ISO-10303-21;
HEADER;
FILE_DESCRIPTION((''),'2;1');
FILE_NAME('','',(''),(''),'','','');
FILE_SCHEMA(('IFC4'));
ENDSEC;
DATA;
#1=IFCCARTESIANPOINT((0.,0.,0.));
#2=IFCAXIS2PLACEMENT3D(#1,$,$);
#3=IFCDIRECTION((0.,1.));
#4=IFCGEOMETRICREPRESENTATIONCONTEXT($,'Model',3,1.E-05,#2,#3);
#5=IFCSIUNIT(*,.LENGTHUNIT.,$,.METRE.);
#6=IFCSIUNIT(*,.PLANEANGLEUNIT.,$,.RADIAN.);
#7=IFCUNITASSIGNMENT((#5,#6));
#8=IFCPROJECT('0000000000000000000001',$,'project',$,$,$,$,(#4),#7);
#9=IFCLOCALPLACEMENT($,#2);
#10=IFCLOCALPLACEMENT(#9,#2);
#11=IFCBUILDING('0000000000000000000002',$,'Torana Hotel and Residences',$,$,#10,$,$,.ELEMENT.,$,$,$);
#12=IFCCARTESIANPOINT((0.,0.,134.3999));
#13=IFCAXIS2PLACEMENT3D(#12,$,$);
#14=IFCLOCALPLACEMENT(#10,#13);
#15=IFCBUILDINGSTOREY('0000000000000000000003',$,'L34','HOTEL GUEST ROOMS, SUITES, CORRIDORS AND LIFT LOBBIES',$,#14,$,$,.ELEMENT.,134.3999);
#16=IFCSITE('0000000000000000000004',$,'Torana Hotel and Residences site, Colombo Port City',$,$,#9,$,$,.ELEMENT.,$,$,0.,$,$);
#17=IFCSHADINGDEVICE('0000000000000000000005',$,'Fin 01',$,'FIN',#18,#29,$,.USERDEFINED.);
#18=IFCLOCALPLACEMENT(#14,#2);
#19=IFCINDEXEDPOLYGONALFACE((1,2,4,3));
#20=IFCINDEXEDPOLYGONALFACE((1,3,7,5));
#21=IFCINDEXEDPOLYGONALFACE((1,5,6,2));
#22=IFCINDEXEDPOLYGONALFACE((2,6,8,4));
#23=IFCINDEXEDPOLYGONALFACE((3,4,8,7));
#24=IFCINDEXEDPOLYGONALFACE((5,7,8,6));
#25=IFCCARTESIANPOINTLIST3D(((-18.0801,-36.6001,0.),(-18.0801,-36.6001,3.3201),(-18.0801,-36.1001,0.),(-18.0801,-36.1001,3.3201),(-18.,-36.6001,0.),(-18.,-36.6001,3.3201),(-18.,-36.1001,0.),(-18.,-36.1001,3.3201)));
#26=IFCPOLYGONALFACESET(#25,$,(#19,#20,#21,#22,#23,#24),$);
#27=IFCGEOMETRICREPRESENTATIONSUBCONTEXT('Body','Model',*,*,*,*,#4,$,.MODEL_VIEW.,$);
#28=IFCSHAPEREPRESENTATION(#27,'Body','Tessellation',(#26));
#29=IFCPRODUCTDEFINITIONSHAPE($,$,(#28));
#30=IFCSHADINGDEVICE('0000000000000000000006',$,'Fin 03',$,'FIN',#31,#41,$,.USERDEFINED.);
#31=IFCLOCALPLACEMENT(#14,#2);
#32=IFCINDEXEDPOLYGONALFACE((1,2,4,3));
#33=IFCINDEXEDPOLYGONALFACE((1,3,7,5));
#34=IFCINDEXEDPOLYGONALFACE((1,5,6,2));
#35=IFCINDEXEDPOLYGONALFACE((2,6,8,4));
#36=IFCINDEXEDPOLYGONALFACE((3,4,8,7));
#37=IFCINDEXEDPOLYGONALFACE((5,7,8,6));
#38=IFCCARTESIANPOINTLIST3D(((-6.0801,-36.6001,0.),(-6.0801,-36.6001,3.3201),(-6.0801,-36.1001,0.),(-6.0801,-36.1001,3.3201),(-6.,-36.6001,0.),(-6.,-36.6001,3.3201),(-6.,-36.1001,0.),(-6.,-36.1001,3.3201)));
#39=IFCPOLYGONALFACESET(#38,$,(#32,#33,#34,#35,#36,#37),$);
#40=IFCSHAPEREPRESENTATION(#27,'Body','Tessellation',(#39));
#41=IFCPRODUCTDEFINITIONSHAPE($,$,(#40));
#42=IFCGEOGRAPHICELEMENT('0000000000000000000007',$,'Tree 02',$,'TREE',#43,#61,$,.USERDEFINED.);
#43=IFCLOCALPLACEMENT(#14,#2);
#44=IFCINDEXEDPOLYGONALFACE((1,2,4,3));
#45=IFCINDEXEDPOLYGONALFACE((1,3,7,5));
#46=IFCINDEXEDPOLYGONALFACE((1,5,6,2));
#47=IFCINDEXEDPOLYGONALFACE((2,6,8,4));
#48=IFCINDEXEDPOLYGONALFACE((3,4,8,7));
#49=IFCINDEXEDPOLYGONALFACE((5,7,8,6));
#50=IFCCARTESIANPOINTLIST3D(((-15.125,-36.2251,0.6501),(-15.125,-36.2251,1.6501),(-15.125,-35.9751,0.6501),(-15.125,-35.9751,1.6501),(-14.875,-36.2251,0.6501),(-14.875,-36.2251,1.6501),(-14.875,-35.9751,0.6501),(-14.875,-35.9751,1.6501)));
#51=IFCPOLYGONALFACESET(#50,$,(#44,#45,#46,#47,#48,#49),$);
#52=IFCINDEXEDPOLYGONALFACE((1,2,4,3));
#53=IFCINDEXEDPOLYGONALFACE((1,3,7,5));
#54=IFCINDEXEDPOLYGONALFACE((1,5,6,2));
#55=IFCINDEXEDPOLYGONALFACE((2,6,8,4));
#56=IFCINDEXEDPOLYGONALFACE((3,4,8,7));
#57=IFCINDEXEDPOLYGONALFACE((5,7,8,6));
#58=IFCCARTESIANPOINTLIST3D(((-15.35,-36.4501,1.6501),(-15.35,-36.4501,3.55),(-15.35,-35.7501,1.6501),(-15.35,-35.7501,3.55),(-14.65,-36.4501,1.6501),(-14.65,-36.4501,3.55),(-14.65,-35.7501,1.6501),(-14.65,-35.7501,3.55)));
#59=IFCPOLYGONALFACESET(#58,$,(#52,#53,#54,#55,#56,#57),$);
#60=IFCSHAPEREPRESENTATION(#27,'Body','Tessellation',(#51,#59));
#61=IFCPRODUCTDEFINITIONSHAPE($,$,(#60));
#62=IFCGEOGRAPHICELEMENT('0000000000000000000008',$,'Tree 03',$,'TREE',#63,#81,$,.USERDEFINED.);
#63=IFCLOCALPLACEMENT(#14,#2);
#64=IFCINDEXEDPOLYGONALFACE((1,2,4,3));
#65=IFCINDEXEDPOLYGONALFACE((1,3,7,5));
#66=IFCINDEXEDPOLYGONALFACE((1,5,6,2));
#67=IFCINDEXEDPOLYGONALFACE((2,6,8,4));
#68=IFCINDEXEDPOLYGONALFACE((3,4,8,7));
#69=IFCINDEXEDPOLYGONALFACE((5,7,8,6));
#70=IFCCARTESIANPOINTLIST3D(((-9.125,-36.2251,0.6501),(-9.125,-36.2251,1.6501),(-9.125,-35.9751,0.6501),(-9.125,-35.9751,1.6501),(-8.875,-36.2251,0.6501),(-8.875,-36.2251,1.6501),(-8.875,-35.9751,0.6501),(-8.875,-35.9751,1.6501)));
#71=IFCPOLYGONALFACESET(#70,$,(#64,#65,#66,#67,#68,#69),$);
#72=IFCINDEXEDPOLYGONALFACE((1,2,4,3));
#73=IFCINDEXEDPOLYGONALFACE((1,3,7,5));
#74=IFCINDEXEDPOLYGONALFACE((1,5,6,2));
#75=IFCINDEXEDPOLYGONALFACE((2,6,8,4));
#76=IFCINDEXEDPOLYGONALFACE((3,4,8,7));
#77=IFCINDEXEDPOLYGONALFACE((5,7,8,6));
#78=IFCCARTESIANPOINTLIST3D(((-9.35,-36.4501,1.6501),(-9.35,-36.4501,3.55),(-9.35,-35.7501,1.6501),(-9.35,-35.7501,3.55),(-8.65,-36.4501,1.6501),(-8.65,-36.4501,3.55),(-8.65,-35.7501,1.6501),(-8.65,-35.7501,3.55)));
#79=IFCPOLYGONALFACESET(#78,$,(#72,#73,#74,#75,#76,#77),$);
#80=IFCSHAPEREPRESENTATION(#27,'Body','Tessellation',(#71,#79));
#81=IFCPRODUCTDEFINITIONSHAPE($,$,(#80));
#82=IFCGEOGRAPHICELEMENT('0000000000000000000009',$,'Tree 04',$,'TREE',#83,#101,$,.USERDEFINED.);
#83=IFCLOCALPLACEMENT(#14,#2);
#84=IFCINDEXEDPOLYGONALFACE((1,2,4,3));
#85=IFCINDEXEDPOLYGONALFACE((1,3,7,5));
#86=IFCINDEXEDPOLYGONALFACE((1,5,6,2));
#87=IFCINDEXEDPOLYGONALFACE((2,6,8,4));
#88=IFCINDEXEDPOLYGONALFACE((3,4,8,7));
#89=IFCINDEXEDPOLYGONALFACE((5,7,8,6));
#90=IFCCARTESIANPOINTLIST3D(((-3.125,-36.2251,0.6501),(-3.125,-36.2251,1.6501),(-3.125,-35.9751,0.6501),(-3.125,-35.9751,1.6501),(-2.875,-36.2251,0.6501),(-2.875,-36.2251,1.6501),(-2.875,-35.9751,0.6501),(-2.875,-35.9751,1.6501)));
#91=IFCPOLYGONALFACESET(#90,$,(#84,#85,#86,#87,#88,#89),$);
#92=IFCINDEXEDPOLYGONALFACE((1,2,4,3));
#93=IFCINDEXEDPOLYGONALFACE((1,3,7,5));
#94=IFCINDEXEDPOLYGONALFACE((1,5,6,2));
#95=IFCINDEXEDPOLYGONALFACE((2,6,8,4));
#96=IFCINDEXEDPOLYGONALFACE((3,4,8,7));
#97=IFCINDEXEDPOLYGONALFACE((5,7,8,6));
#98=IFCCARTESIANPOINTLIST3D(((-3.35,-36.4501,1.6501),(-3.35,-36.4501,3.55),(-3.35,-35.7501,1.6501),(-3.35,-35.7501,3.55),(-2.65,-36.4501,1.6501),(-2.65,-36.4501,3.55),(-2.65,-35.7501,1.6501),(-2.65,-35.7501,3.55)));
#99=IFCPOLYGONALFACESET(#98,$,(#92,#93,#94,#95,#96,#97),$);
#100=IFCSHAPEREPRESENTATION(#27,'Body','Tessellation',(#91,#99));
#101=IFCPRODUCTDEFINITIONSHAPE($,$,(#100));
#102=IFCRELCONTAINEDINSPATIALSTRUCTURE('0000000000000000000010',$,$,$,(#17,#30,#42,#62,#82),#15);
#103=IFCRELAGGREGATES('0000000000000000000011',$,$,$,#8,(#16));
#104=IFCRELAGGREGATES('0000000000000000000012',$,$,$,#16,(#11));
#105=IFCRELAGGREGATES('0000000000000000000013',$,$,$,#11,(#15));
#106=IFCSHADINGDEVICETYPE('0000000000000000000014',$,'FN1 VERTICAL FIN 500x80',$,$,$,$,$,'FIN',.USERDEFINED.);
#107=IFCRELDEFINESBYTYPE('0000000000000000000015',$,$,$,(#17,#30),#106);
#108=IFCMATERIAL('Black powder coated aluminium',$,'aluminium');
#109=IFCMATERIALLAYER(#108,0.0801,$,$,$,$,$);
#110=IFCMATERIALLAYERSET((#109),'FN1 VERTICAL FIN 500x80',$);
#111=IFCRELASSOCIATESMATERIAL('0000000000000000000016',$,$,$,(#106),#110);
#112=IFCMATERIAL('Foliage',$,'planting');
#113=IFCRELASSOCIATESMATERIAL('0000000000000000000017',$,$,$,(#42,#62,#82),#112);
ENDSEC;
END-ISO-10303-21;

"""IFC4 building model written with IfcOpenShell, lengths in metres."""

from ifc_helpers import new_model, si_unit, direction, frame, origin, origin_2d, place, context, subcontext, project, spatial, rectangle, extrude, material, layer, layer_set, type_object, element, save


model = new_model("IFC4")

# Units and contexts
model_context = context("Model", 3, precision=1e-05, world=origin(), true_north=direction((0.0, 1.0)))
body_context = subcontext(model_context, "Body", "Model", "MODEL_VIEW")
ifc_project = project(units=[si_unit("LENGTHUNIT", "METRE"), si_unit("PLANEANGLEUNIT", "RADIAN")], contexts=[model_context])

# Site, building, storey
site_placement = place(None, origin())
site = spatial("IfcSite", under=ifc_project, at=site_placement, Name="Torana Hotel and Residences site, Colombo Port City", CompositionType="ELEMENT", RefElevation=0.0)
building_placement = place(site_placement, origin())
building = spatial("IfcBuilding", under=site, at=building_placement, Name="Torana Hotel and Residences", CompositionType="ELEMENT")
storey_placement = place(building_placement, frame((0.0, 0.0, 134.3999)))
storey = spatial("IfcBuildingStorey", under=building, at=storey_placement, Name="L34", Description="HOTEL GUEST ROOMS, SUITES, CORRIDORS AND LIFT LOBBIES", CompositionType="ELEMENT", Elevation=134.3999)

# Shading devices
ifc_material_1 = material(Name="Black powder coated aluminium", Category="aluminium")
ifc_layer_1 = layer(ifc_material_1, 0.0801)
ifc_layer_set_1 = layer_set([ifc_layer_1], Name="FN1 VERTICAL FIN 500x80")
shading_device_type = type_object("IfcShadingDeviceType", Name="FN1 VERTICAL FIN 500x80", ElementType="FIN", PredefinedType="USERDEFINED", material=ifc_layer_set_1)
for number, where, z_axis, x_axis, name in (
    (1, (-18.04, -36.3501, 0.0), (0.0, 0.0, 1.0), (-1.0, 0.0, 0.0), "Fin 01"),
    (2, (-6.04, -36.3501, 0.0), (0.0, 0.0, 1.0), (-1.0, 0.0, 0.0), "Fin 03"),
):
    element("IfcShadingDevice", number, at=place(storey_placement, frame(where, z_axis=z_axis, x_axis=x_axis)), inside=storey, type_object=shading_device_type, Name=name, ObjectType="FIN", PredefinedType="USERDEFINED", context=body_context, shape_type="SweptSolid", body=[
        extrude(rectangle(XDim=0.0801, YDim=0.5, at=origin_2d()), origin(), (0.0, 0.0, 1.0), 3.3201),
    ])

# Geographic elements
ifc_material_2 = material(Name="Foliage", Category="planting")
for number, where, z_axis, x_axis, name in (
    (3, (-15.0, -36.1001, 0.6501), (0.0, 0.0, 1.0), (1.0, 0.0, 0.0), "Tree 02"),
    (4, (-9.0, -36.1001, 0.6501), (0.0, 0.0, 1.0), (1.0, 0.0, 0.0), "Tree 03"),
    (5, (-3.0, -36.1001, 0.6501), (0.0, 0.0, 1.0), (1.0, 0.0, 0.0), "Tree 04"),
):
    element("IfcGeographicElement", number, at=place(storey_placement, frame(where, z_axis=z_axis, x_axis=x_axis)), inside=storey, material=ifc_material_2, Name=name, ObjectType="TREE", PredefinedType="USERDEFINED", context=body_context, shape_type="SweptSolid", body=[
        extrude(rectangle(XDim=0.25, YDim=0.25, at=origin_2d()), origin(), (0.0, 0.0, 1.0), 1.0),
        extrude(rectangle(XDim=0.7, YDim=0.7, at=origin_2d()), frame((0.0, 0.0, 1.0)), (0.0, 0.0, 1.0), 1.8999),
    ])

save(model, "model.ifc")
